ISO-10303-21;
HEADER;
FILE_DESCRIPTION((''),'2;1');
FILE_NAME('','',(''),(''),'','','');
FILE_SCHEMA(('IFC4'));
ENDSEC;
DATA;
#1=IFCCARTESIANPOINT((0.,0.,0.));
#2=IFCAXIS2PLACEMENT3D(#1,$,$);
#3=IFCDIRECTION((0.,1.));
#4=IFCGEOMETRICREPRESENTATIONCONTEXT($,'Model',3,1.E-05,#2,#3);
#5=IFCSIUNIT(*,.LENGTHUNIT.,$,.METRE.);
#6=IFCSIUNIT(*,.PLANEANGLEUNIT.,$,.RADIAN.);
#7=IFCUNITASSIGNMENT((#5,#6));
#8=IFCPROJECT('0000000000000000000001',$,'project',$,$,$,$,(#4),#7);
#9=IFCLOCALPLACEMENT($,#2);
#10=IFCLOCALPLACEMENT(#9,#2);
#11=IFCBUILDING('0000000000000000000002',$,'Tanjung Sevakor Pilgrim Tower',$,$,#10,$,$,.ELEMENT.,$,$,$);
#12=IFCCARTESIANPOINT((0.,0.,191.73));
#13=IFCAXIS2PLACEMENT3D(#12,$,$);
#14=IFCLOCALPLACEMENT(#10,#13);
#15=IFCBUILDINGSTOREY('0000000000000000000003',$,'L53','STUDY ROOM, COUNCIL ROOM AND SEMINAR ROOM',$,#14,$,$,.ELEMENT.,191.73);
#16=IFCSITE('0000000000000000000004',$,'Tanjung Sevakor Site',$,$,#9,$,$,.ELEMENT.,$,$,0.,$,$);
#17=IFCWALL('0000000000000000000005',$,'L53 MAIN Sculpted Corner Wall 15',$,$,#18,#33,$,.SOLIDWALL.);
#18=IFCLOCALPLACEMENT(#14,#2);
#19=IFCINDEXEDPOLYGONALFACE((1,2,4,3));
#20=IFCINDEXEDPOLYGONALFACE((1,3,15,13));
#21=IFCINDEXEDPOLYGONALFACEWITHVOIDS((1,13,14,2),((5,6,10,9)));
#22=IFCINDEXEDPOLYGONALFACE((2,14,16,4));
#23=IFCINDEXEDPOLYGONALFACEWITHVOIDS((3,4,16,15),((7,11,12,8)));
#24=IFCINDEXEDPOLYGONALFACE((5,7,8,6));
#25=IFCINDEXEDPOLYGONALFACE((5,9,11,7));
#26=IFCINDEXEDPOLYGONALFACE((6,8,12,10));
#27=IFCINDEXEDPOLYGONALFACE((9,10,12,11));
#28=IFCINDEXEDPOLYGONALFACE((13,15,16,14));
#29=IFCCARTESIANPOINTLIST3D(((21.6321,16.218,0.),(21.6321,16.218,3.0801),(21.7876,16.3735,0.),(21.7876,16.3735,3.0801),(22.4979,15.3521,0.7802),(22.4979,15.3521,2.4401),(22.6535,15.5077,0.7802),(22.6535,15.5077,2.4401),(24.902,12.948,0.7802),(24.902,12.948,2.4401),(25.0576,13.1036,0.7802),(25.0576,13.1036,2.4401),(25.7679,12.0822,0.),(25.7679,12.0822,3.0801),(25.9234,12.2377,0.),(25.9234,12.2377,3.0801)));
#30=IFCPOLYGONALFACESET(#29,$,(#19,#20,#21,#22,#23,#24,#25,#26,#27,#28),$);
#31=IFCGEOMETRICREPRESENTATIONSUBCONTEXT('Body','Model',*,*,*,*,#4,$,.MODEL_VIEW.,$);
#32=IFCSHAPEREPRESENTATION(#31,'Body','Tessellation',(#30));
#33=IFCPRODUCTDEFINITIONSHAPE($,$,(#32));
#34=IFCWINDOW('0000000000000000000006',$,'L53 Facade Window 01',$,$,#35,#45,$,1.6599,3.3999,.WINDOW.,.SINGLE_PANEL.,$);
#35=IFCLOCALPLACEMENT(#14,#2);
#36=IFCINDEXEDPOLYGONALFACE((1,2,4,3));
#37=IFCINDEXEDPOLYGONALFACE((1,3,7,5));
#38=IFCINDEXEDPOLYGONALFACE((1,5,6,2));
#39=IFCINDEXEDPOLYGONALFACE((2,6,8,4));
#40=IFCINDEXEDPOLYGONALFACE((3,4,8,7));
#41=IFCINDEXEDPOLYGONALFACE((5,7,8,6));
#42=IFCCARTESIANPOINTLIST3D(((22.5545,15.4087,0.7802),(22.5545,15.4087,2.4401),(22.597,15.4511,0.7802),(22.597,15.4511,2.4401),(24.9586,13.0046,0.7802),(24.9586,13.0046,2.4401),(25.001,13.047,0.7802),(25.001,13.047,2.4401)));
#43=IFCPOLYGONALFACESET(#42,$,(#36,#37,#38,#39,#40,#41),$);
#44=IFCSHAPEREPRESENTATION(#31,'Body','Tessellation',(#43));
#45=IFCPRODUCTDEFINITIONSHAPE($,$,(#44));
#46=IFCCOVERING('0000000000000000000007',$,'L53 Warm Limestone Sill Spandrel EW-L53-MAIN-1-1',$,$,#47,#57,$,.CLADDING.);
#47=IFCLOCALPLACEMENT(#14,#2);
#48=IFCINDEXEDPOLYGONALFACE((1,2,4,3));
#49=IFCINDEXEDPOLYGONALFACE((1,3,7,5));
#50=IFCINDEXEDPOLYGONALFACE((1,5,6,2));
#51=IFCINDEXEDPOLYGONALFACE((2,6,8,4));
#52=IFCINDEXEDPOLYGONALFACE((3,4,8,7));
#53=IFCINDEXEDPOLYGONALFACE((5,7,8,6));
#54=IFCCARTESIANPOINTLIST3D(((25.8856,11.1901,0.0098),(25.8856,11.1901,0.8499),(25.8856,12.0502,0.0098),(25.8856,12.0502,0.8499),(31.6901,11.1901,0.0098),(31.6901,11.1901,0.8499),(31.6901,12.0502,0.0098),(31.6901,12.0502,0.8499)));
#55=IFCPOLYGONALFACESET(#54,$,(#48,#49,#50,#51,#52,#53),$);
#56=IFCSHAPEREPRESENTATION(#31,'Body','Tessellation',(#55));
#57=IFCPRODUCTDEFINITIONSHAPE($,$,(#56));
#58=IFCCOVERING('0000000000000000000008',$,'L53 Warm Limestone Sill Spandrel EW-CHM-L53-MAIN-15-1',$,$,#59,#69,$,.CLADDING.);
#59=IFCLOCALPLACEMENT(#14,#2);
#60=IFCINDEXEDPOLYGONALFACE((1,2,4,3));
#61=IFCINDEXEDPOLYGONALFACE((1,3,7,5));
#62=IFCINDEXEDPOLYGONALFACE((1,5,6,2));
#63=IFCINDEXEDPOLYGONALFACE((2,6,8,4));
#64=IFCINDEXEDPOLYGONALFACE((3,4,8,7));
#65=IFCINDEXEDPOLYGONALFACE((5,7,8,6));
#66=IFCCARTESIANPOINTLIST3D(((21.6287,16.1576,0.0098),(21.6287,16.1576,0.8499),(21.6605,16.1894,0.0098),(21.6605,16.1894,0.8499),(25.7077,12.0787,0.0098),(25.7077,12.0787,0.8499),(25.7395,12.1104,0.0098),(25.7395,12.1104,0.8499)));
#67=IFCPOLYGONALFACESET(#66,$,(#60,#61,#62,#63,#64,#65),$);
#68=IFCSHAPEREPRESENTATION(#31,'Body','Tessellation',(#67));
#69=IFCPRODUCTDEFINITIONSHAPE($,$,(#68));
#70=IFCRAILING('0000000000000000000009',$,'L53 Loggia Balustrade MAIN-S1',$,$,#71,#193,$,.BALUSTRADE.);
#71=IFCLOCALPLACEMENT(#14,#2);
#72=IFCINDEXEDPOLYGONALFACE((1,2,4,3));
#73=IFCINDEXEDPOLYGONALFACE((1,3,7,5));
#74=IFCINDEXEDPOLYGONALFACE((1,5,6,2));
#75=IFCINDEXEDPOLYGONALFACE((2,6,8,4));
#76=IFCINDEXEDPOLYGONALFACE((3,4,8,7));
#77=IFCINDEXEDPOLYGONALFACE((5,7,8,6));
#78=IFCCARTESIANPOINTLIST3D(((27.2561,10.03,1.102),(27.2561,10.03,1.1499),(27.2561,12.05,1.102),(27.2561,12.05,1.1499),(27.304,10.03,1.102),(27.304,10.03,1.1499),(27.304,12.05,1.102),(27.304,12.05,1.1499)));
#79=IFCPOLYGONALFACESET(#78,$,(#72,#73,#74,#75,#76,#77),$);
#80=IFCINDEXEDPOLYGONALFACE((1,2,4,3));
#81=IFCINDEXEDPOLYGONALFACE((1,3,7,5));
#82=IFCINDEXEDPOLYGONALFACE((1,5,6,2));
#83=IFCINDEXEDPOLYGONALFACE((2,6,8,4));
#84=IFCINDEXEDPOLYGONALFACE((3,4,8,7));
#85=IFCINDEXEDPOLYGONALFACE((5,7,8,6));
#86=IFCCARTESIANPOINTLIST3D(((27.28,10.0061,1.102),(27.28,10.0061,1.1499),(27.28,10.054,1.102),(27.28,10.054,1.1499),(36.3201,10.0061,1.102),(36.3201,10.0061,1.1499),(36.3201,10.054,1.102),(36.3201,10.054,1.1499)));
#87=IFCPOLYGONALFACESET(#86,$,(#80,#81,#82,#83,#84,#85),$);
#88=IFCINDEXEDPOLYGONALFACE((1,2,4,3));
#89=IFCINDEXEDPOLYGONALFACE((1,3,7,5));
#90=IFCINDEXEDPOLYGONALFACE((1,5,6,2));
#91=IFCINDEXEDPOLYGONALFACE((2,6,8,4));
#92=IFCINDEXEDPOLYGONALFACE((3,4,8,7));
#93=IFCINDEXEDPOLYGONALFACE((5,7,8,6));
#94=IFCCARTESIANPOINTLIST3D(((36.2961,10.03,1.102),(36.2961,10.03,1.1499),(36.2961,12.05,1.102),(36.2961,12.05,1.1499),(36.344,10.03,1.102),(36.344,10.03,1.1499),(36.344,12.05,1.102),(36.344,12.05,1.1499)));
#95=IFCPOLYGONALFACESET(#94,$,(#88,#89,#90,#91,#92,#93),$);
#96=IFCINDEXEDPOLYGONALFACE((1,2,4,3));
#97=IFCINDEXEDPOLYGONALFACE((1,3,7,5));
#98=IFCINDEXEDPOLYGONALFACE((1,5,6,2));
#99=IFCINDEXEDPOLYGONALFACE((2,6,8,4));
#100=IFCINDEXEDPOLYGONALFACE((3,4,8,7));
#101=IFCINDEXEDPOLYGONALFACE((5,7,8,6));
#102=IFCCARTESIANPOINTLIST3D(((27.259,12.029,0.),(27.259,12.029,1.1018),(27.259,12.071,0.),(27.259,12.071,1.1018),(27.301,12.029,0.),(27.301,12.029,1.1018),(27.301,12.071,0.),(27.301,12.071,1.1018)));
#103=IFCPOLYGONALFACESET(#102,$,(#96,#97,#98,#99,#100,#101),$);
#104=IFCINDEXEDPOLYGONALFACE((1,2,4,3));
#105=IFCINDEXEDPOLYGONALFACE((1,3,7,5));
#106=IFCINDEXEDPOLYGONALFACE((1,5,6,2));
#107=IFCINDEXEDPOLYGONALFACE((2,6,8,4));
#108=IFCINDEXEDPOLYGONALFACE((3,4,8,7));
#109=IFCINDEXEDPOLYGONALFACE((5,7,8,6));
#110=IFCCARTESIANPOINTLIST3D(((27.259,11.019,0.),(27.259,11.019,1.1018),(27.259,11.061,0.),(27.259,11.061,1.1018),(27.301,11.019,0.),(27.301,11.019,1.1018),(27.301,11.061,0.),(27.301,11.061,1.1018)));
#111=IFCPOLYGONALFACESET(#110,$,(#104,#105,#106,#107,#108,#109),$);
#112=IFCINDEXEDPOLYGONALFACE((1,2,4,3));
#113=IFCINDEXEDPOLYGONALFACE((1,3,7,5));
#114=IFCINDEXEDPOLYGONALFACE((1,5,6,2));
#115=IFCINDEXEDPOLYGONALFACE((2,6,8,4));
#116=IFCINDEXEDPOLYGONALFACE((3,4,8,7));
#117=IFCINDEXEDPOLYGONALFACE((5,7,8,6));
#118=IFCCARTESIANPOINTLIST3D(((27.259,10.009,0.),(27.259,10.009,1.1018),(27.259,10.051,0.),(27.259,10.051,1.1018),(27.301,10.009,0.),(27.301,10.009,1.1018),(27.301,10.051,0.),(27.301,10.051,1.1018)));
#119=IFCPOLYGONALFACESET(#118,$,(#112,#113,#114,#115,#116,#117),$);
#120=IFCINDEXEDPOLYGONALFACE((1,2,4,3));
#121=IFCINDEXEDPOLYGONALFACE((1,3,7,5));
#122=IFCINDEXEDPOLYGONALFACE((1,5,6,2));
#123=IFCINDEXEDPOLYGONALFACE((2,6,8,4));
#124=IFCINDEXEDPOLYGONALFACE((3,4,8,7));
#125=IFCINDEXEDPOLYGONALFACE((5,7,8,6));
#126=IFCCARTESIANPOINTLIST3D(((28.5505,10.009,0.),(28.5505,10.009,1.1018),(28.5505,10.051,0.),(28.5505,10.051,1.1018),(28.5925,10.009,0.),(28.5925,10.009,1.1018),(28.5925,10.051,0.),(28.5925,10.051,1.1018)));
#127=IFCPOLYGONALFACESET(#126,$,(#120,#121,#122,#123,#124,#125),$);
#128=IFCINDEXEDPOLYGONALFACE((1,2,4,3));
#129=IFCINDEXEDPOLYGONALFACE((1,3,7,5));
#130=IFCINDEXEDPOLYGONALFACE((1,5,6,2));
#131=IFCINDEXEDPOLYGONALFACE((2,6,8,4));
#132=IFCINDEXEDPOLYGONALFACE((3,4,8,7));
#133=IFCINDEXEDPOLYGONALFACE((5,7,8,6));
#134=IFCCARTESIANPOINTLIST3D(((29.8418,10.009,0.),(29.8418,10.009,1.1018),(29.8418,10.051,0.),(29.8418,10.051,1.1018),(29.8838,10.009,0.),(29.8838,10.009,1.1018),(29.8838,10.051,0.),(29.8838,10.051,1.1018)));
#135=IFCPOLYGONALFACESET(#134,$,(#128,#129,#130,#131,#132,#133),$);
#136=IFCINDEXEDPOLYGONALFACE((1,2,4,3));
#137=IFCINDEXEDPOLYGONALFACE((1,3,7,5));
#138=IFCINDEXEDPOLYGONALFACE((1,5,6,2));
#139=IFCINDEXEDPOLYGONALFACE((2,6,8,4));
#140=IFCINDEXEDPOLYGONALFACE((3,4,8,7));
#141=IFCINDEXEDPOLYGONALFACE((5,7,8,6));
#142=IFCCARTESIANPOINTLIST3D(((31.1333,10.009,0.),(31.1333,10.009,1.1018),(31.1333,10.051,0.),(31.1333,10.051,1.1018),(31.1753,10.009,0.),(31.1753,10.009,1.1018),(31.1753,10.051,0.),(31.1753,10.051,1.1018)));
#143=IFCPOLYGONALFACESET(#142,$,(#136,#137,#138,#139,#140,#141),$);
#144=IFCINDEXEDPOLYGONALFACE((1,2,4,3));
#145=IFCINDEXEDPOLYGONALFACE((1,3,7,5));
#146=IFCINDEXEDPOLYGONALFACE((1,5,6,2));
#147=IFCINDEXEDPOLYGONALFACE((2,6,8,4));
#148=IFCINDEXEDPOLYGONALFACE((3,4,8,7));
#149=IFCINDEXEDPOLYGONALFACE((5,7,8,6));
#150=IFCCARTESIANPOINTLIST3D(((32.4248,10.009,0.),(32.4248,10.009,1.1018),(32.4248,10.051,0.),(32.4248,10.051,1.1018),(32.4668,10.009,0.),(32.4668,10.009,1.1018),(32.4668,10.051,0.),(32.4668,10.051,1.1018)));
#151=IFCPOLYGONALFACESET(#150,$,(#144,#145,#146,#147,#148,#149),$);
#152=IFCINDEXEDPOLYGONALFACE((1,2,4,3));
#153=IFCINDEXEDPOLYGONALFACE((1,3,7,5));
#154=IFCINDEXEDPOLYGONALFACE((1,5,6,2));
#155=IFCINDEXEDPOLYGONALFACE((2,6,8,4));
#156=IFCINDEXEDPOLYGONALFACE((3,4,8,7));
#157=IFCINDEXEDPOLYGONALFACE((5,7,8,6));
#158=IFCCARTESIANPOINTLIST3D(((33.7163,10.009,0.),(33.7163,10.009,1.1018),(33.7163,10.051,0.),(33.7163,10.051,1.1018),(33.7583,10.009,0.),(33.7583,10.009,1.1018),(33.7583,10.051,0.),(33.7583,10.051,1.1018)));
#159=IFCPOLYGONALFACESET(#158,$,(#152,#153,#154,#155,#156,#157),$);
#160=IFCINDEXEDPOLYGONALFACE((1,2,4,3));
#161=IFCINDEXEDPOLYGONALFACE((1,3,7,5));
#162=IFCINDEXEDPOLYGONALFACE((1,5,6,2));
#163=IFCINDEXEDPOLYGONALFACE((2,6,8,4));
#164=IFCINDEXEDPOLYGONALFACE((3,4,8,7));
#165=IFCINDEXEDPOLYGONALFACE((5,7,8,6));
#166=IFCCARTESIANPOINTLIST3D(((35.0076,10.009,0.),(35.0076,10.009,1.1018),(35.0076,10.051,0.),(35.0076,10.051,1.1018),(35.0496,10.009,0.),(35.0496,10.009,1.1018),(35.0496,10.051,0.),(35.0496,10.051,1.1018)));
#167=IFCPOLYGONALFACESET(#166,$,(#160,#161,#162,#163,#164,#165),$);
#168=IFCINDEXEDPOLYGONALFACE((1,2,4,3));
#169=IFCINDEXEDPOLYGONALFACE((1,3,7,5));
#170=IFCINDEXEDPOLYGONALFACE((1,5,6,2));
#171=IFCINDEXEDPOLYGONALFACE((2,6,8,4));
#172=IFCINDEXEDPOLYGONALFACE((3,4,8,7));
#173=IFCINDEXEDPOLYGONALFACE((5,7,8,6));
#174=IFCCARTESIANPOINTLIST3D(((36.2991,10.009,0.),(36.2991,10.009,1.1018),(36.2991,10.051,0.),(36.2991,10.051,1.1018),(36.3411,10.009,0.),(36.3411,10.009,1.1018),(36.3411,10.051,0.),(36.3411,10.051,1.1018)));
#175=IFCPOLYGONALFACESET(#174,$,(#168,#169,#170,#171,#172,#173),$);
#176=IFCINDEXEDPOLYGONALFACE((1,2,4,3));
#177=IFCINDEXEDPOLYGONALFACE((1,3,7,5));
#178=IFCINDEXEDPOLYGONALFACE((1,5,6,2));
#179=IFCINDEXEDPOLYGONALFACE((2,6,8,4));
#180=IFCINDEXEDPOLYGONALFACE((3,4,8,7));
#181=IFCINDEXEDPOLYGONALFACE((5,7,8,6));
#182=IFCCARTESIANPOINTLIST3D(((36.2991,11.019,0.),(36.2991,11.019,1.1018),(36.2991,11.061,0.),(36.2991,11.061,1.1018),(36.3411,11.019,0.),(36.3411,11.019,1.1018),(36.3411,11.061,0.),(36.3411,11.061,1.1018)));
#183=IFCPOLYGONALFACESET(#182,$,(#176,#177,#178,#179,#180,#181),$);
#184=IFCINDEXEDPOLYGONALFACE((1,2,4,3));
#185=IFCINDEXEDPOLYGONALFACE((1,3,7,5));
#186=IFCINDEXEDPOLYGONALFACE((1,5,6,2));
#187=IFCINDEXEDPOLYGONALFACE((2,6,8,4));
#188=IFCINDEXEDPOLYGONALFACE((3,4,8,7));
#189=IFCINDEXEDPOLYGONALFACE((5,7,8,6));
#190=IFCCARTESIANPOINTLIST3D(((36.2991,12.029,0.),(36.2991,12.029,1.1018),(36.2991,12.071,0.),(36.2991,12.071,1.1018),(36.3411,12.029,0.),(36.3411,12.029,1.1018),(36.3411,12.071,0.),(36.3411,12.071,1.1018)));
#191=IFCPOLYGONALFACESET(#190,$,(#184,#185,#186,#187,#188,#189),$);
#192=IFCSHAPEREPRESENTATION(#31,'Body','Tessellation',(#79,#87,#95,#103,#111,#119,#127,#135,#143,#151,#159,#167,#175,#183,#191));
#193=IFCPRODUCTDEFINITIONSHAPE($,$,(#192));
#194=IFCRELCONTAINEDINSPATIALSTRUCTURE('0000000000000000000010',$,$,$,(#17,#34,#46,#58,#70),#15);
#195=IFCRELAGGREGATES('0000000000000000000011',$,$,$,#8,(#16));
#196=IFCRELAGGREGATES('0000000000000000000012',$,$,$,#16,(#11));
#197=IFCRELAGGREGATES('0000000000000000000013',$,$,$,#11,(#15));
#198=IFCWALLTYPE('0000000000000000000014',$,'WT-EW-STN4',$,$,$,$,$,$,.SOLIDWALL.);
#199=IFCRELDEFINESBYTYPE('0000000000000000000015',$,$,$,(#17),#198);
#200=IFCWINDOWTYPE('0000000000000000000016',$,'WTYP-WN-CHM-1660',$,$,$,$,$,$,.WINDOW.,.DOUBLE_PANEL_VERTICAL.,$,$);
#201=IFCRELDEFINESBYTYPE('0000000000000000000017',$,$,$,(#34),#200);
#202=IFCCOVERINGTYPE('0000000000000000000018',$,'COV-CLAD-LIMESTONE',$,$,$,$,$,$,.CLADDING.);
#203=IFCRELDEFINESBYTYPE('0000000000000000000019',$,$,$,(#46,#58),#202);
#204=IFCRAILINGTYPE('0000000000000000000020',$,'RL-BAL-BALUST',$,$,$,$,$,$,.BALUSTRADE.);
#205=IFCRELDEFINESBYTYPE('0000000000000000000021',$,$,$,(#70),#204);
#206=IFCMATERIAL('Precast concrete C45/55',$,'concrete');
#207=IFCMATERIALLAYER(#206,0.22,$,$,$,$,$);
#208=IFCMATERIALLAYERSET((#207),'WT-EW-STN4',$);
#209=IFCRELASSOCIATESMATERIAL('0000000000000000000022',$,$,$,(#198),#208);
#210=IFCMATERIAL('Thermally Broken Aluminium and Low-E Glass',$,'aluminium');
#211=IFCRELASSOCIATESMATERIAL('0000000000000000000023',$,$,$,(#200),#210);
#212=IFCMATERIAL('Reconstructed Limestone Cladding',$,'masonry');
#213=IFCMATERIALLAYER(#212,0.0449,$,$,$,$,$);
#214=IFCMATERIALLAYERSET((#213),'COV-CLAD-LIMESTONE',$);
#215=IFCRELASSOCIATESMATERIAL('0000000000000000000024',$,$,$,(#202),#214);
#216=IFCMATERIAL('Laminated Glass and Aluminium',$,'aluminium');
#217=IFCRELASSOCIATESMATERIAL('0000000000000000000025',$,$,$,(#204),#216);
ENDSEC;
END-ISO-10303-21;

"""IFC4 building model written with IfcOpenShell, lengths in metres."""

from ifc_helpers import new_model, si_unit, direction, frame, frame_2d, origin, origin_2d, place, context, subcontext, project, spatial, rectangle, extrude, material, layer, layer_set, type_object, element, fill, save


model = new_model("IFC4")

# Units and contexts
model_context = context("Model", 3, precision=1e-05, world=origin(), true_north=direction((0.0, 1.0)))
body_context = subcontext(model_context, "Body", "Model", "MODEL_VIEW")
ifc_project = project(units=[si_unit("LENGTHUNIT", "METRE"), si_unit("PLANEANGLEUNIT", "RADIAN")], contexts=[model_context])

# Site, building, storey
site_placement = place(None, origin())
site = spatial("IfcSite", under=ifc_project, at=site_placement, Name="Tanjung Sevakor Site", CompositionType="ELEMENT", RefElevation=0.0)
building_placement = place(site_placement, origin())
building = spatial("IfcBuilding", under=site, at=building_placement, Name="Tanjung Sevakor Pilgrim Tower", CompositionType="ELEMENT")
storey_placement = place(building_placement, frame((0.0, 0.0, 191.73)))
storey = spatial("IfcBuildingStorey", under=building, at=storey_placement, Name="L53", Description="STUDY ROOM, COUNCIL ROOM AND SEMINAR ROOM", CompositionType="ELEMENT", Elevation=191.73)

# Shared definitions
ifc_material_1 = material(Name="Precast concrete C45/55", Category="concrete")
ifc_layer_1 = layer(ifc_material_1, 0.22)
ifc_layer_set_1 = layer_set([ifc_layer_1], Name="WT-EW-STN4")
wall_type_1 = type_object("IfcWallType", Name="WT-EW-STN4", PredefinedType="SOLIDWALL", material=ifc_layer_set_1)

# Wall, opening, window
wall_1_placement = place(storey_placement, frame((21.71, 16.2957, 0.0), z_axis=(0.0, 0.0, 1.0), x_axis=(0.707107, -0.707107, 0.0)))
wall_1 = element("IfcWall", 1, at=wall_1_placement, inside=storey, type_object=wall_type_1, Name="L53 MAIN Sculpted Corner Wall 15", PredefinedType="SOLIDWALL", context=body_context, shape_type="SweptSolid", body=[
    extrude(rectangle(XDim=5.8489, YDim=0.22, at=frame_2d((2.9243, 0.0))), origin(), (0.0, 0.0, 1.0), 3.0801),
])
opening_1_placement = place(wall_1_placement, frame((1.2244, 0.0, 0.78)))
opening_1 = element("IfcOpeningElement", 2, at=opening_1_placement, cuts=wall_1, PredefinedType="OPENING", context=body_context, shape_type="SweptSolid", body=[
    extrude(rectangle(XDim=3.3999, YDim=1.6599, at=frame_2d((1.7, 0.8301))), frame((0.0, 0.1199, 0.0), z_axis=(0.0, -1.0, 0.0), x_axis=(1.0, 0.0, 0.0)), (0.0, 0.0, 1.0), 0.24),
])
ifc_material_2 = material(Name="Thermally Broken Aluminium and Low-E Glass", Category="aluminium")
window_type_1 = type_object("IfcWindowType", Name="WTYP-WN-CHM-1660", PartitioningType="DOUBLE_PANEL_VERTICAL", PredefinedType="WINDOW", material=ifc_material_2)
window_1_placement = place(opening_1_placement, origin())
window_1 = element("IfcWindow", 3, at=window_1_placement, inside=storey, type_object=window_type_1, Name="L53 Facade Window 01", OverallHeight=1.6599, OverallWidth=3.3999, PartitioningType="SINGLE_PANEL", PredefinedType="WINDOW", context=body_context, shape_type="SweptSolid", body=[
    extrude(rectangle(XDim=3.3999, YDim=1.6599, at=frame_2d((1.7, 0.8301))), frame((0.0, 0.03, 0.0), z_axis=(0.0, -1.0, 0.0), x_axis=(1.0, 0.0, 0.0)), (0.0, 0.0, 1.0), 0.0601),
])
fill(opening_1, window_1)

# Coverings
ifc_material_3 = material(Name="Reconstructed Limestone Cladding", Category="masonry")
ifc_layer_2 = layer(ifc_material_3, 0.0449)
ifc_layer_set_2 = layer_set([ifc_layer_2], Name="COV-CLAD-LIMESTONE")
covering_type = type_object("IfcCoveringType", Name="COV-CLAD-LIMESTONE", PredefinedType="CLADDING", material=ifc_layer_set_2)
covering_1_placement = place(storey_placement, frame((28.7878, 11.6201, 0.0098), z_axis=(0.0, 0.0, 1.0), x_axis=(1.0, 0.0, 0.0)))
element("IfcCovering", 4, at=covering_1_placement, inside=storey, type_object=covering_type, Name="L53 Warm Limestone Sill Spandrel EW-L53-MAIN-1-1", PredefinedType="CLADDING", context=body_context, shape_type="SweptSolid", body=[
    extrude(rectangle(XDim=5.8044, YDim=0.8601, at=origin_2d()), origin(), (0.0, 0.0, 1.0), 0.8401),
])
covering_2_placement = place(storey_placement, frame((23.6841, 14.134, 0.0098), z_axis=(0.0, 0.0, 1.0), x_axis=(0.707107, -0.707107, 0.0)))
element("IfcCovering", 5, at=covering_2_placement, inside=storey, type_object=covering_type, Name="L53 Warm Limestone Sill Spandrel EW-CHM-L53-MAIN-15-1", PredefinedType="CLADDING", context=body_context, shape_type="SweptSolid", body=[
    extrude(rectangle(XDim=5.7686, YDim=0.0449, at=origin_2d()), origin(), (0.0, 0.0, 1.0), 0.8401),
])

# Railing
ifc_material_4 = material(Name="Laminated Glass and Aluminium", Category="aluminium")
railing_type_1 = type_object("IfcRailingType", Name="RL-BAL-BALUST", PredefinedType="BALUSTRADE", material=ifc_material_4)
railing_1_placement = place(storey_placement, frame((27.28, 12.05, 0.0)))
element("IfcRailing", 6, at=railing_1_placement, inside=storey, type_object=railing_type_1, Name="L53 Loggia Balustrade MAIN-S1", PredefinedType="BALUSTRADE", context=body_context, shape_type="SweptSolid", body=[
    extrude(rectangle(XDim=0.0479, YDim=0.0479), frame((0.0, 0.0, 1.126), z_axis=(0.0, -1.0, 0.0), x_axis=(1.0, 0.0, 0.0)), (0.0, 0.0, 1.0), 2.02),
    extrude(rectangle(XDim=0.0479, YDim=0.0479), frame((0.0, -2.02, 1.126), z_axis=(1.0, 0.0, 0.0), x_axis=(0.0, 1.0, 0.0)), (0.0, 0.0, 1.0), 9.04),
    extrude(rectangle(XDim=0.0479, YDim=0.0479), frame((9.04, -2.02, 1.126), z_axis=(0.0, 1.0, 0.0), x_axis=(-1.0, 0.0, 0.0)), (0.0, 0.0, 1.0), 2.02),
    extrude(rectangle(XDim=0.042, YDim=0.042), origin(), (0.0, 0.0, 1.0), 1.1018),
    extrude(rectangle(XDim=0.042, YDim=0.042), frame((0.0, -1.01, 0.0)), (0.0, 0.0, 1.0), 1.1018),
    extrude(rectangle(XDim=0.042, YDim=0.042), frame((0.0, -2.02, 0.0)), (0.0, 0.0, 1.0), 1.1018),
    extrude(rectangle(XDim=0.042, YDim=0.042), frame((1.2915, -2.02, 0.0)), (0.0, 0.0, 1.0), 1.1018),
    extrude(rectangle(XDim=0.042, YDim=0.042), frame((2.5828, -2.02, 0.0)), (0.0, 0.0, 1.0), 1.1018),
    extrude(rectangle(XDim=0.042, YDim=0.042), frame((3.8743, -2.02, 0.0)), (0.0, 0.0, 1.0), 1.1018),
    extrude(rectangle(XDim=0.042, YDim=0.042), frame((5.1658, -2.02, 0.0)), (0.0, 0.0, 1.0), 1.1018),
    extrude(rectangle(XDim=0.042, YDim=0.042), frame((6.4573, -2.02, 0.0)), (0.0, 0.0, 1.0), 1.1018),
    extrude(rectangle(XDim=0.042, YDim=0.042), frame((7.7485, -2.02, 0.0)), (0.0, 0.0, 1.0), 1.1018),
    extrude(rectangle(XDim=0.042, YDim=0.042), frame((9.04, -2.02, 0.0)), (0.0, 0.0, 1.0), 1.1018),
    extrude(rectangle(XDim=0.042, YDim=0.042), frame((9.04, -1.01, 0.0)), (0.0, 0.0, 1.0), 1.1018),
    extrude(rectangle(XDim=0.042, YDim=0.042), frame((9.04, 0.0, 0.0)), (0.0, 0.0, 1.0), 1.1018),
])

save(model, "model.ifc")
